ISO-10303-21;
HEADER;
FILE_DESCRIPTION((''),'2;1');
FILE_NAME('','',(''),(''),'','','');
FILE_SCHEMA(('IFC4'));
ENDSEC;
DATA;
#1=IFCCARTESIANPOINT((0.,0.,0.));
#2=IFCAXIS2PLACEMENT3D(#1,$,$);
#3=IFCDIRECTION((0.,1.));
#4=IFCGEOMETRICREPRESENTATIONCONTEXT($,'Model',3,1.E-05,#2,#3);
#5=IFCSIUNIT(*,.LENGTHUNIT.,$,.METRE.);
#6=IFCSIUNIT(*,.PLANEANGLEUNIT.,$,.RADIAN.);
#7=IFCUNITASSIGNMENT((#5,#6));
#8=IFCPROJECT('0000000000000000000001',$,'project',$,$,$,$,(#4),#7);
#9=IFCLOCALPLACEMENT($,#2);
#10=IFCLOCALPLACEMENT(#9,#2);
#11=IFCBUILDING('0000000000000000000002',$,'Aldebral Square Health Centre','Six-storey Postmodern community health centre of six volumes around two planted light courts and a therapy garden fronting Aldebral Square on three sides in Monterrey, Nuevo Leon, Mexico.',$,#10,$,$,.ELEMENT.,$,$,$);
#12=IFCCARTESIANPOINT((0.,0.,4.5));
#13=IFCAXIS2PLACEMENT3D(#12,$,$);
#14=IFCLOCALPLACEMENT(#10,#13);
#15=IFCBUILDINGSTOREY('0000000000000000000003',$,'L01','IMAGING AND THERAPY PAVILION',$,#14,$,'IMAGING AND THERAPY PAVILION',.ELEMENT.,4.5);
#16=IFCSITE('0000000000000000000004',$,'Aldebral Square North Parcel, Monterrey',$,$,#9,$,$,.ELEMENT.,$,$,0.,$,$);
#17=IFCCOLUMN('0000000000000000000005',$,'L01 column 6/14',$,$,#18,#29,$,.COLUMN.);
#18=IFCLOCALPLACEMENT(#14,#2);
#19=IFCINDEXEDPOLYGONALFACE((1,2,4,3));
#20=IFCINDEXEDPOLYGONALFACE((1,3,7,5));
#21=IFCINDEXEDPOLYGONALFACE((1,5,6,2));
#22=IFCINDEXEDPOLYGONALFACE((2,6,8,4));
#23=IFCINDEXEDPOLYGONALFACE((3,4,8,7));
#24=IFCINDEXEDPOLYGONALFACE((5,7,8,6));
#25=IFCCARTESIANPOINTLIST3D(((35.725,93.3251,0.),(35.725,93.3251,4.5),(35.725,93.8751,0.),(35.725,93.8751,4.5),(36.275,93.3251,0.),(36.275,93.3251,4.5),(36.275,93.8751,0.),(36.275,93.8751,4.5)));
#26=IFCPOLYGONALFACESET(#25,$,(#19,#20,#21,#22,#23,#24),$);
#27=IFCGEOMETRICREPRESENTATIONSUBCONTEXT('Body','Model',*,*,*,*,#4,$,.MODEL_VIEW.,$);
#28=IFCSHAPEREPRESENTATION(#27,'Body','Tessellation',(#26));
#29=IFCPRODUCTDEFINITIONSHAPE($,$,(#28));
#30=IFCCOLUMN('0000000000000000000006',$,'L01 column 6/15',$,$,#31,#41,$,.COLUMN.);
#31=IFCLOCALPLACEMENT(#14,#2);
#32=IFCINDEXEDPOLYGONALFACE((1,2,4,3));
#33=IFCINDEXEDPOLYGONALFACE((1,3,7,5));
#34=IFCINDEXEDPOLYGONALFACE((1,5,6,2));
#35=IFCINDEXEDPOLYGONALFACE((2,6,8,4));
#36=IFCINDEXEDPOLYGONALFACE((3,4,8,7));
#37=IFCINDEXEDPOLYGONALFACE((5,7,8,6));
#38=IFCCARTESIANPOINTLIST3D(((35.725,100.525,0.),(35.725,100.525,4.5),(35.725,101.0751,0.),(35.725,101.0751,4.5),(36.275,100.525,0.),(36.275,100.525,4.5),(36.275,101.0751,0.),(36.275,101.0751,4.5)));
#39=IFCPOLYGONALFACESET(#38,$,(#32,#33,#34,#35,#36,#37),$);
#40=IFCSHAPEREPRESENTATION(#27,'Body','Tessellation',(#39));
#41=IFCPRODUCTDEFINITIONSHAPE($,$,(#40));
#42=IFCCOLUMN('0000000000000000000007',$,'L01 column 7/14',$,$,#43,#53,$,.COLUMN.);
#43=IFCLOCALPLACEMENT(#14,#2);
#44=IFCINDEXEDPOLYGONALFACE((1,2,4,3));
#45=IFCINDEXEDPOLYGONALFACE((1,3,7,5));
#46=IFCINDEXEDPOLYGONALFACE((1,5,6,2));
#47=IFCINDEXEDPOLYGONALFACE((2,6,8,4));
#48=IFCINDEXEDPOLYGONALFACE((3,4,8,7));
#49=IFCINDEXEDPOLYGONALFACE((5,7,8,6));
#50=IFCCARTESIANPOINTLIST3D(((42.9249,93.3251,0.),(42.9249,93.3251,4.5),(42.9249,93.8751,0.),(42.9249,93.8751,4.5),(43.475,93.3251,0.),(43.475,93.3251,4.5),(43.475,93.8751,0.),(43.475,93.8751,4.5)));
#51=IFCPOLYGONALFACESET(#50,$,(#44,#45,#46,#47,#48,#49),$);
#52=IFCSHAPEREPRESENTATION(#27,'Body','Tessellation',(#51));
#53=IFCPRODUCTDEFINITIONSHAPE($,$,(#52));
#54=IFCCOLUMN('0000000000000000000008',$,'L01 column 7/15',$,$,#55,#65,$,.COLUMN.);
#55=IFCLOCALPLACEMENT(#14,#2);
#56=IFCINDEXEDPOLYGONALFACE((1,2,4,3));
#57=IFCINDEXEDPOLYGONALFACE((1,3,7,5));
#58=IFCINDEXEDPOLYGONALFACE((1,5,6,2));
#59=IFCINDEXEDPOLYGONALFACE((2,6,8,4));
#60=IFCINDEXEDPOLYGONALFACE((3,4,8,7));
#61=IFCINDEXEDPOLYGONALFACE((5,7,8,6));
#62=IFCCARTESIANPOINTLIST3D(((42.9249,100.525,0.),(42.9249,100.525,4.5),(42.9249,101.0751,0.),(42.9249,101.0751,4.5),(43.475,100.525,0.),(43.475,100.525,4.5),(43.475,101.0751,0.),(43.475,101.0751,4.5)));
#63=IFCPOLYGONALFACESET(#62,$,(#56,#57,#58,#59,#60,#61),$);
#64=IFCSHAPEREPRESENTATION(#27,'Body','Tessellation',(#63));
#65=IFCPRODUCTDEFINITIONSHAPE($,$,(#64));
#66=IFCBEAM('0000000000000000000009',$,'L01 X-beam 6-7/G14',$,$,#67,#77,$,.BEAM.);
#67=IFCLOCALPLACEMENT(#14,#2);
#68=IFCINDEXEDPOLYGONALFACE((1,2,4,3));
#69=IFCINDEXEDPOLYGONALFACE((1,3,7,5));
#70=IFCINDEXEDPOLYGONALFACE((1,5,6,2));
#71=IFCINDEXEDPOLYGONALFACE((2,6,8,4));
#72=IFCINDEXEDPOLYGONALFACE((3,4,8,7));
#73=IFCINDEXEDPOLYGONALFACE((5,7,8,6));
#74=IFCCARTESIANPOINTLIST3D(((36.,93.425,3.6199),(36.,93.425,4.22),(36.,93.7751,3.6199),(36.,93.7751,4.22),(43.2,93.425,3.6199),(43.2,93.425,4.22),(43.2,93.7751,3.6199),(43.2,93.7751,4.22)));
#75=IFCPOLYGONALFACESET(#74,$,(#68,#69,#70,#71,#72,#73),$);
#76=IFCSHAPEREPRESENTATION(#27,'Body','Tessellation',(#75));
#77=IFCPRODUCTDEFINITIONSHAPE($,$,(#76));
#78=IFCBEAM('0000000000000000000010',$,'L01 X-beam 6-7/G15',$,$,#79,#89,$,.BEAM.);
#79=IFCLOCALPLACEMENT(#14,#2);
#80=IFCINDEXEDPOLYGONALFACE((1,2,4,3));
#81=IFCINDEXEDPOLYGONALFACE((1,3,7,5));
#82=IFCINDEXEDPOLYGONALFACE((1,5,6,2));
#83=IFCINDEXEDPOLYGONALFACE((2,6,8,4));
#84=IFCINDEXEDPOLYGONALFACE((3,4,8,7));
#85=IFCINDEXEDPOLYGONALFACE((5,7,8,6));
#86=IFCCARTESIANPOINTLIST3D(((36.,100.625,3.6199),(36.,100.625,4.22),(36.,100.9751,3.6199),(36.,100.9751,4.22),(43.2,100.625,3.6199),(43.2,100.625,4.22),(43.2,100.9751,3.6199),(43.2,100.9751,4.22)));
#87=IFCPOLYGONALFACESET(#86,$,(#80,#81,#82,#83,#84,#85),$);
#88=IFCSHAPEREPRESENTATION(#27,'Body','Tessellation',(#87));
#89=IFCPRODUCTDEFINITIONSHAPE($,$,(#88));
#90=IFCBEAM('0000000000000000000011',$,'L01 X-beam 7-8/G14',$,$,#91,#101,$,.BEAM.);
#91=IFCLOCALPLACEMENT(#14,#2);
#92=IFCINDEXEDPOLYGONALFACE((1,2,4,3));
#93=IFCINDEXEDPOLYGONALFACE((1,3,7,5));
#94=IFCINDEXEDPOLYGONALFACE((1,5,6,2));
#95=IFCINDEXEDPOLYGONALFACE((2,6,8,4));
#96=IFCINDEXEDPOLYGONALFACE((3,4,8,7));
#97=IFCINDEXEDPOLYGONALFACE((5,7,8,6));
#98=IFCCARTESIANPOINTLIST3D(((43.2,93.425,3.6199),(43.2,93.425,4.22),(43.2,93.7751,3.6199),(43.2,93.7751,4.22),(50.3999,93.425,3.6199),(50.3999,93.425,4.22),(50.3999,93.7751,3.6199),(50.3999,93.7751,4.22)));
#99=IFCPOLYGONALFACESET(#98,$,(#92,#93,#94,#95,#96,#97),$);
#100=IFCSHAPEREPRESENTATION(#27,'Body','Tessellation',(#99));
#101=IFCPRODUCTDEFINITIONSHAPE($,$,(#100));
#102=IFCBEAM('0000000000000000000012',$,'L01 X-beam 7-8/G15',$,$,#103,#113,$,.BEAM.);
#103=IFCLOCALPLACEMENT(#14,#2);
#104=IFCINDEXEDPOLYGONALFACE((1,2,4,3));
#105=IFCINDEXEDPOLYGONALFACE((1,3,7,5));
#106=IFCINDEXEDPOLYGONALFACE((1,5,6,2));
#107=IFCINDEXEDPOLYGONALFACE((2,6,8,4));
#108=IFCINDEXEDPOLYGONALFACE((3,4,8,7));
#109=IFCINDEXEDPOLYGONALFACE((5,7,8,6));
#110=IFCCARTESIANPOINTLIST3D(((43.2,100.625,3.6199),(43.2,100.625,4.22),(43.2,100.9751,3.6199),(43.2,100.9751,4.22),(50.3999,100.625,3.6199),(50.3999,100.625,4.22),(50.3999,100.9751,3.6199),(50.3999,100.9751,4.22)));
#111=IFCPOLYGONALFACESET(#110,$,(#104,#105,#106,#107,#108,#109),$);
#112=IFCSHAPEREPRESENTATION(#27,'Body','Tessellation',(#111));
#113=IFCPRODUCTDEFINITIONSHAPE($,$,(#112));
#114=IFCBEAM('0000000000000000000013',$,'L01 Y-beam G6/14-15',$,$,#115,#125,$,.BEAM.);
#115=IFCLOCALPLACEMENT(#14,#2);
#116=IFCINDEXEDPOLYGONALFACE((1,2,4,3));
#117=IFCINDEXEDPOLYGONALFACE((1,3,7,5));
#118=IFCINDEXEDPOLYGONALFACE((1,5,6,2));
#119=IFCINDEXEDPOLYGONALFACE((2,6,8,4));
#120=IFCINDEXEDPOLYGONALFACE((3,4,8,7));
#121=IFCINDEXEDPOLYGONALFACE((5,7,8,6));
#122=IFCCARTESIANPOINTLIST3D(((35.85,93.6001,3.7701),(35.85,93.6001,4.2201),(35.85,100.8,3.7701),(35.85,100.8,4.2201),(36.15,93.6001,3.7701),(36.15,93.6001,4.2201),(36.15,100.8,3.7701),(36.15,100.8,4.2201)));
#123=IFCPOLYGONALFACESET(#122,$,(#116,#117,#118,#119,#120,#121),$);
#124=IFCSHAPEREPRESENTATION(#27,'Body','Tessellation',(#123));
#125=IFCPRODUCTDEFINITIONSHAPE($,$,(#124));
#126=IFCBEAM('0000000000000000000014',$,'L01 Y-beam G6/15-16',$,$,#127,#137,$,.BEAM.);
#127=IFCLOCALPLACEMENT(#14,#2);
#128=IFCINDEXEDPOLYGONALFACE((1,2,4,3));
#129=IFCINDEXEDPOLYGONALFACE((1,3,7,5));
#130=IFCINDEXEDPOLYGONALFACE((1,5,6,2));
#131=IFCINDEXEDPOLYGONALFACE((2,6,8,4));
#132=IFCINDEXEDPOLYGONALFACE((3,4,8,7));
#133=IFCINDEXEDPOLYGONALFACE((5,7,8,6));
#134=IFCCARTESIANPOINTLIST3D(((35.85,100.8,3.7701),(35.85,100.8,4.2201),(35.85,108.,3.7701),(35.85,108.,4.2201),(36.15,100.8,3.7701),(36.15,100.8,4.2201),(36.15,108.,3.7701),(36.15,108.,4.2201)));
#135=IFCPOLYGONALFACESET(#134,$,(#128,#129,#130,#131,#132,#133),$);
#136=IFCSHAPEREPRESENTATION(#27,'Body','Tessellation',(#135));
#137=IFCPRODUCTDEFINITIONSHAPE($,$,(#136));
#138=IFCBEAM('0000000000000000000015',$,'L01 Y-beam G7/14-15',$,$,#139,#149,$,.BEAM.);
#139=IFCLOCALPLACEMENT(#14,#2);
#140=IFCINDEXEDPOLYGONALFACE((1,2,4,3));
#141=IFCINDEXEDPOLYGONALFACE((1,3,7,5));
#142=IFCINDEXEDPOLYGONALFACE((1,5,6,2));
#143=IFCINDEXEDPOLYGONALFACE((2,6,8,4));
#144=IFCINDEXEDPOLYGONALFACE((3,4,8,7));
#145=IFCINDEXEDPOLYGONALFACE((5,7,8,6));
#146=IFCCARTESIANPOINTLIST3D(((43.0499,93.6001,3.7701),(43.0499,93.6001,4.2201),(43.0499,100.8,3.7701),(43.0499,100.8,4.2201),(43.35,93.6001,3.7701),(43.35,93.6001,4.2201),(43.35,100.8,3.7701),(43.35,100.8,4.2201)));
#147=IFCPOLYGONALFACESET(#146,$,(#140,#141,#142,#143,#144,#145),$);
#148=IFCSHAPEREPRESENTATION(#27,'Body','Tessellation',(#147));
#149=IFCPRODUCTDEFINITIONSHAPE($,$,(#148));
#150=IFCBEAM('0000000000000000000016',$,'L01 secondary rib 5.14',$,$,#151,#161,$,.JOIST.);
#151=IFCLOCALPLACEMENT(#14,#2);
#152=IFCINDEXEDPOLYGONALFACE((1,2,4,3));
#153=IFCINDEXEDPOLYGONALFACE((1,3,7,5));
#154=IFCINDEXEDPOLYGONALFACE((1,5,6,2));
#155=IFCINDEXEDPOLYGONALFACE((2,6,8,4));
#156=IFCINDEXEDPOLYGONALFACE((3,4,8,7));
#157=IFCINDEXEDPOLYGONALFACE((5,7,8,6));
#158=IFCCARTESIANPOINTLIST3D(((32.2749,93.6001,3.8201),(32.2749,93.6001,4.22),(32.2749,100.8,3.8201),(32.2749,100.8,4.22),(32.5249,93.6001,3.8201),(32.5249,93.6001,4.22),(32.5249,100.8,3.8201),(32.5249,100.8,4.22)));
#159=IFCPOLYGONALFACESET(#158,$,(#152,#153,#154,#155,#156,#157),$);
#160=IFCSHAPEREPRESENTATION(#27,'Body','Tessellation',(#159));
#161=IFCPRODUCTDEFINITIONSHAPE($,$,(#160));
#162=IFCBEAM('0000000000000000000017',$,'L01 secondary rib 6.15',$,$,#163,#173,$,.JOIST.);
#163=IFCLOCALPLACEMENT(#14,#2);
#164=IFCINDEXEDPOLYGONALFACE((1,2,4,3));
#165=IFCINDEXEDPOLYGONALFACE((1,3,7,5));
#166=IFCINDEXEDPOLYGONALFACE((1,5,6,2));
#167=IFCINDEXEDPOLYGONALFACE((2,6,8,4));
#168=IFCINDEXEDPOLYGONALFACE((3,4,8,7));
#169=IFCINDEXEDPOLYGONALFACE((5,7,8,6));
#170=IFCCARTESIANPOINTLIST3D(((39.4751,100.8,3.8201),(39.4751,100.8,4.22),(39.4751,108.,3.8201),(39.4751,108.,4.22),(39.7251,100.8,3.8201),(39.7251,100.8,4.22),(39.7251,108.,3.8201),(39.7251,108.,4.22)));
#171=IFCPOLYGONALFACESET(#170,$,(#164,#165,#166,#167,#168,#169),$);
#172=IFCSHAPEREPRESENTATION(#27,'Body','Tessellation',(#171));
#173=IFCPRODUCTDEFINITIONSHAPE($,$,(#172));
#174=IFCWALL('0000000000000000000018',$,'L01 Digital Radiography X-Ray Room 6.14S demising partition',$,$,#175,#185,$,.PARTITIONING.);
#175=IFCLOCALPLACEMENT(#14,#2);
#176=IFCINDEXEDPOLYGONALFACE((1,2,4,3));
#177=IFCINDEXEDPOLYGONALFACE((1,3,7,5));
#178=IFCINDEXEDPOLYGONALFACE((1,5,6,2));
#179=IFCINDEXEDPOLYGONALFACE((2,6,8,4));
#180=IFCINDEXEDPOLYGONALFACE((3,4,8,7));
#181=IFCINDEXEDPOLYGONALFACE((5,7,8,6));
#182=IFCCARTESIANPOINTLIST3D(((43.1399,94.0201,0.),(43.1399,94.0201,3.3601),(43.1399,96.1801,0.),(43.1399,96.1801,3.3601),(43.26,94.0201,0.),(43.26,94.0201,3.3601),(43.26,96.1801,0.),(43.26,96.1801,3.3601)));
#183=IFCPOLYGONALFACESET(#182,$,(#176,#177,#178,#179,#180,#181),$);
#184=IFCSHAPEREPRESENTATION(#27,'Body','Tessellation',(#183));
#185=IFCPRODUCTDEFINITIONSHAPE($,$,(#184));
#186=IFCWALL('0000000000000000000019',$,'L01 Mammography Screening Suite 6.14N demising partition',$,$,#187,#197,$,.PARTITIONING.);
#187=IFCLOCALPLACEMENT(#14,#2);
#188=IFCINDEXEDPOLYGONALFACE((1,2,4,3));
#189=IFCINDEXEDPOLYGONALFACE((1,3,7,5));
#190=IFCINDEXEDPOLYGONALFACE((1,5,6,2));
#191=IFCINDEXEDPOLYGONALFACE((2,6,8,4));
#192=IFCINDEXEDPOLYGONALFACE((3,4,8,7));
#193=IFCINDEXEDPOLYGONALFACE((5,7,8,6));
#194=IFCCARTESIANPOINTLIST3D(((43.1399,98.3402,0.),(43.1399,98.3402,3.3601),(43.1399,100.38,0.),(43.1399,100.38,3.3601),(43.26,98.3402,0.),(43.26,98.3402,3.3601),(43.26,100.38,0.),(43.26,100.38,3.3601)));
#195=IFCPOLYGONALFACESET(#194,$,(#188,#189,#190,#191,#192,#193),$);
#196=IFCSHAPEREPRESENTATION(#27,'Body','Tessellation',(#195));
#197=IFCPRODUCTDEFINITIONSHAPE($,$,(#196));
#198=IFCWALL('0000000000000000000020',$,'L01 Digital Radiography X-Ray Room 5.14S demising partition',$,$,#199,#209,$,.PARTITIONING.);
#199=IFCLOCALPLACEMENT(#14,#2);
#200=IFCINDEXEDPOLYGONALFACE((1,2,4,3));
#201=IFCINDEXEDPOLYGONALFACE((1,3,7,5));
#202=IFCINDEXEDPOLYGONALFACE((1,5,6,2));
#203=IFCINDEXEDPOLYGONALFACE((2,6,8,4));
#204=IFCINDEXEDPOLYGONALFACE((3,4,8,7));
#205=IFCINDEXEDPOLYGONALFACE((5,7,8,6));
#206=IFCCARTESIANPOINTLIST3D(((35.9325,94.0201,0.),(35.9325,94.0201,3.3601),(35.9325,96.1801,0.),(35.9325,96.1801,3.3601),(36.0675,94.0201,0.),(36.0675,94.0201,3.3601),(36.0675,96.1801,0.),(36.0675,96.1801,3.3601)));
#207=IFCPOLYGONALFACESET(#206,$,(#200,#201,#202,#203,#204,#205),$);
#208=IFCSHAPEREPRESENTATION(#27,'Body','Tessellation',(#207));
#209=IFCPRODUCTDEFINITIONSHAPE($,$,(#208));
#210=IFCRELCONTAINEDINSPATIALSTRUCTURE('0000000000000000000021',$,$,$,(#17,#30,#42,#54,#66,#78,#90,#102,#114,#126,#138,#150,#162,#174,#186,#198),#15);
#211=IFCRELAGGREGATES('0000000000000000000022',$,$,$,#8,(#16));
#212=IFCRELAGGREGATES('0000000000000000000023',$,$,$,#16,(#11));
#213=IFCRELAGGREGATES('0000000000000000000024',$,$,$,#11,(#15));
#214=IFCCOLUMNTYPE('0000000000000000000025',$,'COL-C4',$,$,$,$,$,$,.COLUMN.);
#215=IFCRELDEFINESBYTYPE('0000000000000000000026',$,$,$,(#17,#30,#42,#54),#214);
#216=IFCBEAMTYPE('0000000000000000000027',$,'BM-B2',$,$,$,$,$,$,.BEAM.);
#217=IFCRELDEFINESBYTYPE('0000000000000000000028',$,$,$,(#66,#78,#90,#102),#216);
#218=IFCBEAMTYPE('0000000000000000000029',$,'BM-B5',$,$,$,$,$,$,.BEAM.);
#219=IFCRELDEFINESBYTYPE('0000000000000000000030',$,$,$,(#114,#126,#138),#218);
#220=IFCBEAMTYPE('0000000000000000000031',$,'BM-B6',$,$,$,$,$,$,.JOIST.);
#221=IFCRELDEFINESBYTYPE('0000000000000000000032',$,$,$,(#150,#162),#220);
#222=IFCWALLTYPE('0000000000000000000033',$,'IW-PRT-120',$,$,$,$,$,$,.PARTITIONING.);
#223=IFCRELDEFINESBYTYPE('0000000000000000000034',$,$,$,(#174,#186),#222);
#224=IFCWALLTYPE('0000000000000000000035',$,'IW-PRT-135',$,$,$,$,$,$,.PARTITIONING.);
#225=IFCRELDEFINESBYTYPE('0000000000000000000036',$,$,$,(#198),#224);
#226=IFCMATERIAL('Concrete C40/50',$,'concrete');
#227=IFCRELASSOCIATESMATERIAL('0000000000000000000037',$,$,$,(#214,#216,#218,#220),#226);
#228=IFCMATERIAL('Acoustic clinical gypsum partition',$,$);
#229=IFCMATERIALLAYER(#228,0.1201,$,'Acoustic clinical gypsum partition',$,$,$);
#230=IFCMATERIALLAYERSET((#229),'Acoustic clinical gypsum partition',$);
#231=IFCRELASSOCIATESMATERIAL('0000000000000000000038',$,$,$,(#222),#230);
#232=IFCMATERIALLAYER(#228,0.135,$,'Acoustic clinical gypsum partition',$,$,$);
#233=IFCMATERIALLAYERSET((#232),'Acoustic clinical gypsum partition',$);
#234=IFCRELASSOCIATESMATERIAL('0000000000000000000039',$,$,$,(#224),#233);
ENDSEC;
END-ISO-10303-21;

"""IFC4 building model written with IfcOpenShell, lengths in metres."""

from ifc_helpers import new_model, si_unit, direction, frame, frame_2d, origin, origin_2d, place, context, subcontext, project, spatial, rectangle, extrude, material, layer, layer_set, material_profile, profile_set, type_object, element, save


model = new_model("IFC4")

# Units and contexts
model_context = context("Model", 3, precision=1e-05, world=origin(), true_north=direction((0.0, 1.0)))
body_context = subcontext(model_context, "Body", "Model", "MODEL_VIEW")
ifc_project = project(units=[si_unit("LENGTHUNIT", "METRE"), si_unit("PLANEANGLEUNIT", "RADIAN")], contexts=[model_context])

# Site, building, storey
site_placement = place(None, origin())
site = spatial("IfcSite", under=ifc_project, at=site_placement, Name="Aldebral Square North Parcel, Monterrey", CompositionType="ELEMENT", RefElevation=0.0)
building_placement = place(site_placement, origin())
building = spatial("IfcBuilding", under=site, at=building_placement, Name="Aldebral Square Health Centre", Description="Six-storey Postmodern community health centre of six volumes around two planted light courts and a therapy garden fronting Aldebral Square on three sides in Monterrey, Nuevo Leon, Mexico.", CompositionType="ELEMENT")
storey_placement = place(building_placement, frame((0.0, 0.0, 4.5)))
storey = spatial("IfcBuildingStorey", under=building, at=storey_placement, Name="L01", Description="IMAGING AND THERAPY PAVILION", LongName="IMAGING AND THERAPY PAVILION", CompositionType="ELEMENT", Elevation=4.5)

# Columns
ifc_material_1 = material(Name="Concrete C40/50", Category="concrete")
ifc_material_profile_1 = material_profile(ifc_material_1, rectangle(XDim=0.55, YDim=0.55, at=origin_2d()), Name="RC 550x550")
ifc_profile_set_1 = profile_set([ifc_material_profile_1], Name="Concrete C40/50")
column_type = type_object("IfcColumnType", Name="COL-C4", PredefinedType="COLUMN", material=ifc_profile_set_1)
for number, where, z_axis, x_axis, name in (
    (1, (36.0, 93.6001, 0.0), (0.0, 0.0, 1.0), (1.0, 0.0, 0.0), "L01 column 6/14"),
    (2, (36.0, 100.8, 0.0), (0.0, 0.0, 1.0), (1.0, 0.0, 0.0), "L01 column 6/15"),
    (3, (43.2, 93.6001, 0.0), (0.0, 0.0, 1.0), (1.0, 0.0, 0.0), "L01 column 7/14"),
    (4, (43.2, 100.8, 0.0), (0.0, 0.0, 1.0), (1.0, 0.0, 0.0), "L01 column 7/15"),
):
    element("IfcColumn", number, at=place(storey_placement, frame(where, z_axis=z_axis, x_axis=x_axis)), inside=storey, type_object=column_type, Name=name, PredefinedType="COLUMN", context=body_context, shape_type="SweptSolid", body=[
        extrude(rectangle(XDim=0.55, YDim=0.55, at=origin_2d()), origin(), (0.0, 0.0, 1.0), 4.5),
    ])

# Beams
ifc_material_profile_2 = material_profile(ifc_material_1, rectangle(XDim=0.3501, YDim=0.6001, at=origin_2d()), Name="RC 350x600")
ifc_profile_set_2 = profile_set([ifc_material_profile_2], Name="Concrete C40/50")
beam_type_1 = type_object("IfcBeamType", Name="BM-B2", PredefinedType="BEAM", material=ifc_profile_set_2)
for number, where, z_axis, x_axis, name in (
    (5, (36.0, 93.6001, 3.9199), (1.0, 0.0, 0.0), (0.0, 1.0, 0.0), "L01 X-beam 6-7/G14"),
    (6, (36.0, 100.8, 3.9199), (1.0, 0.0, 0.0), (0.0, 1.0, 0.0), "L01 X-beam 6-7/G15"),
    (7, (43.2, 93.6001, 3.9199), (1.0, 0.0, 0.0), (0.0, 1.0, 0.0), "L01 X-beam 7-8/G14"),
    (8, (43.2, 100.8, 3.9199), (1.0, 0.0, 0.0), (0.0, 1.0, 0.0), "L01 X-beam 7-8/G15"),
):
    element("IfcBeam", number, at=place(storey_placement, frame(where, z_axis=z_axis, x_axis=x_axis)), inside=storey, type_object=beam_type_1, Name=name, PredefinedType="BEAM", context=body_context, shape_type="SweptSolid", body=[
        extrude(rectangle(XDim=0.3501, YDim=0.6001, at=origin_2d()), origin(), (0.0, 0.0, 1.0), 7.2),
    ])
ifc_material_profile_3 = material_profile(ifc_material_1, rectangle(XDim=0.3, YDim=0.45, at=origin_2d()), Name="RC 300x450")
ifc_profile_set_3 = profile_set([ifc_material_profile_3], Name="Concrete C40/50")
beam_type_2 = type_object("IfcBeamType", Name="BM-B5", PredefinedType="BEAM", material=ifc_profile_set_3)
for number, where, z_axis, x_axis, name in (
    (9, (36.0, 93.6001, 3.9951), (0.0, 1.0, 0.0), (-1.0, 0.0, 0.0), "L01 Y-beam G6/14-15"),
    (10, (36.0, 100.8, 3.9951), (0.0, 1.0, 0.0), (-1.0, 0.0, 0.0), "L01 Y-beam G6/15-16"),
    (11, (43.2, 93.6001, 3.9951), (0.0, 1.0, 0.0), (-1.0, 0.0, 0.0), "L01 Y-beam G7/14-15"),
):
    element("IfcBeam", number, at=place(storey_placement, frame(where, z_axis=z_axis, x_axis=x_axis)), inside=storey, type_object=beam_type_2, Name=name, PredefinedType="BEAM", context=body_context, shape_type="SweptSolid", body=[
        extrude(rectangle(XDim=0.3, YDim=0.45, at=origin_2d()), origin(), (0.0, 0.0, 1.0), 7.2),
    ])
ifc_material_profile_4 = material_profile(ifc_material_1, rectangle(XDim=0.25, YDim=0.3999, at=origin_2d()), Name="RC 250x400")
ifc_profile_set_4 = profile_set([ifc_material_profile_4], Name="Concrete C40/50")
beam_type_3 = type_object("IfcBeamType", Name="BM-B6", PredefinedType="JOIST", material=ifc_profile_set_4)
for number, where, z_axis, x_axis, name in (
    (12, (32.3999, 93.6001, 4.02), (0.0, 1.0, 0.0), (-1.0, 0.0, 0.0), "L01 secondary rib 5.14"),
    (13, (39.6001, 100.8, 4.02), (0.0, 1.0, 0.0), (-1.0, 0.0, 0.0), "L01 secondary rib 6.15"),
):
    element("IfcBeam", number, at=place(storey_placement, frame(where, z_axis=z_axis, x_axis=x_axis)), inside=storey, type_object=beam_type_3, Name=name, PredefinedType="JOIST", context=body_context, shape_type="SweptSolid", body=[
        extrude(rectangle(XDim=0.25, YDim=0.3999, at=origin_2d()), origin(), (0.0, 0.0, 1.0), 7.2),
    ])

# Walls
ifc_material_2 = material(Name="Acoustic clinical gypsum partition")
ifc_layer_1 = layer(ifc_material_2, 0.1201, Name="Acoustic clinical gypsum partition")
ifc_layer_set_1 = layer_set([ifc_layer_1], Name="Acoustic clinical gypsum partition")
wall_type_1 = type_object("IfcWallType", Name="IW-PRT-120", PredefinedType="PARTITIONING", material=ifc_layer_set_1)
wall_1_placement = place(storey_placement, frame((43.2, 94.02, 0.0), z_axis=(0.0, 0.0, 1.0), x_axis=(0.0, 1.0, 0.0)))
element("IfcWall", 14, at=wall_1_placement, inside=storey, type_object=wall_type_1, Name="L01 Digital Radiography X-Ray Room 6.14S demising partition", PredefinedType="PARTITIONING", context=body_context, shape_type="SweptSolid", body=[
    extrude(rectangle(XDim=2.1599, YDim=0.1201, at=frame_2d((1.0801, 0.0))), origin(), (0.0, 0.0, 1.0), 3.3601),
])
wall_2_placement = place(storey_placement, frame((43.2, 98.3401, 0.0), z_axis=(0.0, 0.0, 1.0), x_axis=(0.0, 1.0, 0.0)))
element("IfcWall", 15, at=wall_2_placement, inside=storey, type_object=wall_type_1, Name="L01 Mammography Screening Suite 6.14N demising partition", PredefinedType="PARTITIONING", context=body_context, shape_type="SweptSolid", body=[
    extrude(rectangle(XDim=2.0398, YDim=0.1201, at=frame_2d((1.02, 0.0))), origin(), (0.0, 0.0, 1.0), 3.3601),
])
ifc_layer_2 = layer(ifc_material_2, 0.135, Name="Acoustic clinical gypsum partition")
ifc_layer_set_2 = layer_set([ifc_layer_2], Name="Acoustic clinical gypsum partition")
wall_type_2 = type_object("IfcWallType", Name="IW-PRT-135", PredefinedType="PARTITIONING", material=ifc_layer_set_2)
wall_3_placement = place(storey_placement, frame((36.0, 94.02, 0.0), z_axis=(0.0, 0.0, 1.0), x_axis=(0.0, 1.0, 0.0)))
element("IfcWall", 16, at=wall_3_placement, inside=storey, type_object=wall_type_2, Name="L01 Digital Radiography X-Ray Room 5.14S demising partition", PredefinedType="PARTITIONING", context=body_context, shape_type="SweptSolid", body=[
    extrude(rectangle(XDim=2.1599, YDim=0.135, at=frame_2d((1.0801, 0.0))), origin(), (0.0, 0.0, 1.0), 3.3601),
])

save(model, "model.ifc")
